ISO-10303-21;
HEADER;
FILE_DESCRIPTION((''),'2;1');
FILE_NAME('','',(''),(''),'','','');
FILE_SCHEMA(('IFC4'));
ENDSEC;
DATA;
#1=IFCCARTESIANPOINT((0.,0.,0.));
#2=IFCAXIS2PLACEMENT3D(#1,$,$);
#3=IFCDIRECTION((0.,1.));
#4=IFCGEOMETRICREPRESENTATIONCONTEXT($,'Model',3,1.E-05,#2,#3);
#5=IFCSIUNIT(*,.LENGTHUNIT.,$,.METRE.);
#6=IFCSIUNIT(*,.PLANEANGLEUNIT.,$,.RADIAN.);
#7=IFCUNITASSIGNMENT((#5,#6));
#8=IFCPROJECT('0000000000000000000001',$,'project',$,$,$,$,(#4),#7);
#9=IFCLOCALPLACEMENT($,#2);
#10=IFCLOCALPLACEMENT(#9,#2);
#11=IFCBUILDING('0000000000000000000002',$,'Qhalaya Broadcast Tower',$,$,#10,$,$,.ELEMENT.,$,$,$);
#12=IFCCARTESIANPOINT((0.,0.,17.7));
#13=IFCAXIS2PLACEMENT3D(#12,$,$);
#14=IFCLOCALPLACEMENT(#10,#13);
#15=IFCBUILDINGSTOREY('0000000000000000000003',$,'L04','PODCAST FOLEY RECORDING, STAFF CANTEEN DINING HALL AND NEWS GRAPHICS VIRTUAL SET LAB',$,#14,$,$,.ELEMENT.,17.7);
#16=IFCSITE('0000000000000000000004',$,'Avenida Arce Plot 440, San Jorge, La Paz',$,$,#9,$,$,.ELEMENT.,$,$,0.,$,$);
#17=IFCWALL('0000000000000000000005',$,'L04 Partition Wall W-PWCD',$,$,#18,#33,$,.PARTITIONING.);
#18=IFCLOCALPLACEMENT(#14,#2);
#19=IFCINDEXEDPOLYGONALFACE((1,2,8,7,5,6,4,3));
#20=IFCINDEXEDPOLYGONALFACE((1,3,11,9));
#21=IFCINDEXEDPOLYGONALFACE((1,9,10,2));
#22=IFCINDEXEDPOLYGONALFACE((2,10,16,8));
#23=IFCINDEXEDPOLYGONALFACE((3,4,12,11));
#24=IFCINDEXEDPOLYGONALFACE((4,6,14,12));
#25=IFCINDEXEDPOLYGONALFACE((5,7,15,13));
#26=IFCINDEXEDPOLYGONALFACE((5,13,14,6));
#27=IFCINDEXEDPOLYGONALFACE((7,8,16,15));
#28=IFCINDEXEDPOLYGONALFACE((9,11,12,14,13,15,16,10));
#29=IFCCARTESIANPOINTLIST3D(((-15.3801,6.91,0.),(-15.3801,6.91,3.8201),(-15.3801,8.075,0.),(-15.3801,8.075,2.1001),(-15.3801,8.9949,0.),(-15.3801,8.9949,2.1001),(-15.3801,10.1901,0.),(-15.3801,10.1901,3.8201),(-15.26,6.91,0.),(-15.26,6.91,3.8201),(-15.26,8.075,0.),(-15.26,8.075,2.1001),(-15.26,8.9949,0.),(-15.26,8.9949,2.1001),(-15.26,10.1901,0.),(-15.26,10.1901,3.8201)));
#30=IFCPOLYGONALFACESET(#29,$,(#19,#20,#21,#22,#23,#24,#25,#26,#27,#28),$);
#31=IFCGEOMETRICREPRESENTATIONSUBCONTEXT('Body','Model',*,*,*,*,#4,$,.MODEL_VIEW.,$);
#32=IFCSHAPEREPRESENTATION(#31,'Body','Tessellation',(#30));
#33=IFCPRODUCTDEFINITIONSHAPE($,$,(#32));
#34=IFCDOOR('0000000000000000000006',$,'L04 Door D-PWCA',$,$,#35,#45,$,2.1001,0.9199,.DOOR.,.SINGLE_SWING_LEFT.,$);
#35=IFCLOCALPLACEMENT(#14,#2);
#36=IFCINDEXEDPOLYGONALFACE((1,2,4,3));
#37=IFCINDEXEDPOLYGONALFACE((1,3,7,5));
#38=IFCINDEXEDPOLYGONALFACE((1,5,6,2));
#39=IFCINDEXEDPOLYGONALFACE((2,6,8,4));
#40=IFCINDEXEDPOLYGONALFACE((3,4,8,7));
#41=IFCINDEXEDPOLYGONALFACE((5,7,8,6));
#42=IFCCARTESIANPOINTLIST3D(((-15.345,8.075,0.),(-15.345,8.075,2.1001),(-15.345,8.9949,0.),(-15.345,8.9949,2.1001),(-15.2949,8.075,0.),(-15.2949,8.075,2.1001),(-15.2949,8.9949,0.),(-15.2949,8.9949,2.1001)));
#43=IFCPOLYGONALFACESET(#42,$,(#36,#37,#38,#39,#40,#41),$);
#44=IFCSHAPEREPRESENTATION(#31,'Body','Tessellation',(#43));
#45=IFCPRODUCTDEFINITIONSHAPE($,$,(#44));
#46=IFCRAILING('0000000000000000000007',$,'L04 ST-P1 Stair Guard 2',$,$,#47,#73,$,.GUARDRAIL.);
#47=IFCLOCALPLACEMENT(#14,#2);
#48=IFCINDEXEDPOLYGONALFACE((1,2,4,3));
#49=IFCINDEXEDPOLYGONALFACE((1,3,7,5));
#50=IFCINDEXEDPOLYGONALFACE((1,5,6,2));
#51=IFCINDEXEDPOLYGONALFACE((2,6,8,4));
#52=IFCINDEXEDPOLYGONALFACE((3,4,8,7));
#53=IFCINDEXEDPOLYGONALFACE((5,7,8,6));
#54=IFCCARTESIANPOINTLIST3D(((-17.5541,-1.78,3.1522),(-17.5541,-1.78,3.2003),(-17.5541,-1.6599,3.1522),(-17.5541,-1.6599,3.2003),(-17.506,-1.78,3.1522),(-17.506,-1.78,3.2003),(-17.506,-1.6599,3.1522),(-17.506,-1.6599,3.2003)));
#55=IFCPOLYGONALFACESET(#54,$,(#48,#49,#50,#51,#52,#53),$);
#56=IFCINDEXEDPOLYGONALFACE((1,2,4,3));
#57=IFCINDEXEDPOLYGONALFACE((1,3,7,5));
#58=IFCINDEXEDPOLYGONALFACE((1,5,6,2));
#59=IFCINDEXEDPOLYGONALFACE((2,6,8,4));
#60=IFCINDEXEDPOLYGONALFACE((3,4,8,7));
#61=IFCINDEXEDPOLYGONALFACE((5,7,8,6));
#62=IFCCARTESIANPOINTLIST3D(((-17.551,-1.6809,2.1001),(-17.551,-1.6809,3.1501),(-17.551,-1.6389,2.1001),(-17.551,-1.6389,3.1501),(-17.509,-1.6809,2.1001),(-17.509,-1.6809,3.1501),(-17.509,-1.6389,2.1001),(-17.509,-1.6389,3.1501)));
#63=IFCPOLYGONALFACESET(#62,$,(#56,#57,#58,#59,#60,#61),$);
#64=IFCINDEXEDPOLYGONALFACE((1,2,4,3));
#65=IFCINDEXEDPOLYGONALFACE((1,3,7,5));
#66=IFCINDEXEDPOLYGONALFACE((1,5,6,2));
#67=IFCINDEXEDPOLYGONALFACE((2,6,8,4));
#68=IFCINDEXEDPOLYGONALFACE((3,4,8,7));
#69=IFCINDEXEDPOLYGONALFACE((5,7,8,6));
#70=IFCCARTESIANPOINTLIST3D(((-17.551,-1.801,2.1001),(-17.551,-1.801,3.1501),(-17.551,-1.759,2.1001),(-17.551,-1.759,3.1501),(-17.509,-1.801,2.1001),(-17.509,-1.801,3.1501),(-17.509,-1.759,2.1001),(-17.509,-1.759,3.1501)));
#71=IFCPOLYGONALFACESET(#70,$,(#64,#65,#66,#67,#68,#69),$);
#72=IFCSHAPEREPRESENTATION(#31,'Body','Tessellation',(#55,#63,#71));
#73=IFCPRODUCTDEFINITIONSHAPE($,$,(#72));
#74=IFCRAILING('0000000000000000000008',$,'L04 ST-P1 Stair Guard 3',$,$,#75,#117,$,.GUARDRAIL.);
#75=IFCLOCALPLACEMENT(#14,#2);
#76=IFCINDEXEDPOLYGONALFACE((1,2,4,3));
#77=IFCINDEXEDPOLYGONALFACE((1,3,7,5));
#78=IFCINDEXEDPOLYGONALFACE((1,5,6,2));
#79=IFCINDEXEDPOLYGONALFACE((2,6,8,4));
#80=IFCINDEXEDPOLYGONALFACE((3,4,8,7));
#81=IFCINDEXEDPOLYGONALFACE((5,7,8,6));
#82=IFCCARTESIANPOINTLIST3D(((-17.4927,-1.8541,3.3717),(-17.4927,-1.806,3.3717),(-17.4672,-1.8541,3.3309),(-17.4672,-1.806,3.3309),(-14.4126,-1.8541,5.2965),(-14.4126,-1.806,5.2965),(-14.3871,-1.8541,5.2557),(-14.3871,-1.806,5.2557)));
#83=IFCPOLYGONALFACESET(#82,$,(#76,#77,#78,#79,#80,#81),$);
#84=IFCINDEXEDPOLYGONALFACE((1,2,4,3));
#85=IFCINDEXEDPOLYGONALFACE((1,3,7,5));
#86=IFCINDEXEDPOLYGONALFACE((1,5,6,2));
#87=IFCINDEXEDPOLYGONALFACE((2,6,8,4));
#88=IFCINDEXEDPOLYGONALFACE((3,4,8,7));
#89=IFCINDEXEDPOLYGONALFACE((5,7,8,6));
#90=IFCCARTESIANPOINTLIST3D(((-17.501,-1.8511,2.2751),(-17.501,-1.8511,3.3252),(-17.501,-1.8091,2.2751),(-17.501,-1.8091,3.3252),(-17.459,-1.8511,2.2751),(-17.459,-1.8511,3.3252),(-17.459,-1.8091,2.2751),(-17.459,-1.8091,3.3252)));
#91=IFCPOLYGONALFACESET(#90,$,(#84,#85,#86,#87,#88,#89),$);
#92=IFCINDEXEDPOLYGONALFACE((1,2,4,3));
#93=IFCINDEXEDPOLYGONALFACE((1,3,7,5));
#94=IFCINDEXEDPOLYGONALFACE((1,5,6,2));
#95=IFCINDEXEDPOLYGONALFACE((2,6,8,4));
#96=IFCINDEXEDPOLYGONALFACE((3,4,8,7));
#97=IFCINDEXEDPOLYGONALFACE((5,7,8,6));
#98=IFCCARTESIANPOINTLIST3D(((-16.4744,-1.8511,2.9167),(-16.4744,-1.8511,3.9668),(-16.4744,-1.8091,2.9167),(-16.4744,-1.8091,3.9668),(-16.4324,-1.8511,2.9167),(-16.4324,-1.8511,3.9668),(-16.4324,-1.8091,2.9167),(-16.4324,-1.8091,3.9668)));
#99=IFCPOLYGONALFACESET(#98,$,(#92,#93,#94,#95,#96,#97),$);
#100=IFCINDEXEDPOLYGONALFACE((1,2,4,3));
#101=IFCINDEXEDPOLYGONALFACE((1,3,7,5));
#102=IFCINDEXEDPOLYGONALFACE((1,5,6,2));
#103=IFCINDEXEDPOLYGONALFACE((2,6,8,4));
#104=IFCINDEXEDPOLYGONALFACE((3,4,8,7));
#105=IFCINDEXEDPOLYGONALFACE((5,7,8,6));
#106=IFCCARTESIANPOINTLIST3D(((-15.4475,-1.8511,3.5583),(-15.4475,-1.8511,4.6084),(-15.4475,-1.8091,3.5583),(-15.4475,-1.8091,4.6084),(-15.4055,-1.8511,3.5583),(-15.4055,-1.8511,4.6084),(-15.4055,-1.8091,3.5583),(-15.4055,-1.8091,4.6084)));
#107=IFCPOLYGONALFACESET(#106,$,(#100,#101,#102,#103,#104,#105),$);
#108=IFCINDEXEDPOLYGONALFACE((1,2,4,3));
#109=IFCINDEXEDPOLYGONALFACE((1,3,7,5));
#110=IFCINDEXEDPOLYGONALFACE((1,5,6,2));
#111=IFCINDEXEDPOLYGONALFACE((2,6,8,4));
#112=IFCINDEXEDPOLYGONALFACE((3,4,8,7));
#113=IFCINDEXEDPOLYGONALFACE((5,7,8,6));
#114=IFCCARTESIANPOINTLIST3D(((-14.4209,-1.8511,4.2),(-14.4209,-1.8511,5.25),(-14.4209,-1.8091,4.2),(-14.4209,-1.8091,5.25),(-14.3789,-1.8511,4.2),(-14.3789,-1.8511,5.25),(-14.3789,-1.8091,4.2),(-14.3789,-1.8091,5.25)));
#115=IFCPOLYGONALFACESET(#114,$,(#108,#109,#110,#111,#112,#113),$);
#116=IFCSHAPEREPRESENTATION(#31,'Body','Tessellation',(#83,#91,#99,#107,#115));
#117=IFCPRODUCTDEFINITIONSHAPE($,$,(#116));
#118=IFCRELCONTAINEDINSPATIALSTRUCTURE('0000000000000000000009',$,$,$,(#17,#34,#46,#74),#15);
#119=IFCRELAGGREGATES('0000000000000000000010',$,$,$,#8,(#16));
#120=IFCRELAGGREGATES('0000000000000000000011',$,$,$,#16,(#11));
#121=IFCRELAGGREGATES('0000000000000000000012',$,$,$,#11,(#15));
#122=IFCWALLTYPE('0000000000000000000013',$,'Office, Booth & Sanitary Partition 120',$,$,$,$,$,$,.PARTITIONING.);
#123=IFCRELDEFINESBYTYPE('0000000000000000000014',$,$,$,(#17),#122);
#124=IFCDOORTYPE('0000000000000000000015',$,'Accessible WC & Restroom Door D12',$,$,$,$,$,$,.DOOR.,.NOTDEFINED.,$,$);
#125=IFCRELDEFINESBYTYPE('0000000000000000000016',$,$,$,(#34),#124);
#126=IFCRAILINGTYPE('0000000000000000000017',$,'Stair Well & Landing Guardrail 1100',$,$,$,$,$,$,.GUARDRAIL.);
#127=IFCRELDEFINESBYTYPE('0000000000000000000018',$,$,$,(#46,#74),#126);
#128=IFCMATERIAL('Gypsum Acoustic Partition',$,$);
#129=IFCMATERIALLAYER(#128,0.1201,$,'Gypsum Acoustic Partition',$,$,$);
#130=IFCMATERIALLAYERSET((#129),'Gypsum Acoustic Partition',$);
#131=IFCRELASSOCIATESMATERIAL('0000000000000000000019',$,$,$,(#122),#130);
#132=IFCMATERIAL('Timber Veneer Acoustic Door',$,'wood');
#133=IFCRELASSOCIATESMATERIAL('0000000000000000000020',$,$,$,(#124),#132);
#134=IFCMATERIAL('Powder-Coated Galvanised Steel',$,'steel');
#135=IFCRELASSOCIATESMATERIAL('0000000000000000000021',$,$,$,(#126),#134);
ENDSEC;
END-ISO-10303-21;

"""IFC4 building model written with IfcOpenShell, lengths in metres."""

from ifc_helpers import new_model, si_unit, direction, frame, frame_2d, origin, origin_2d, place, context, subcontext, project, spatial, rectangle, extrude, material, layer, layer_set, type_object, element, fill, save


model = new_model("IFC4")

# Units and contexts
model_context = context("Model", 3, precision=1e-05, world=origin(), true_north=direction((0.0, 1.0)))
body_context = subcontext(model_context, "Body", "Model", "MODEL_VIEW")
ifc_project = project(units=[si_unit("LENGTHUNIT", "METRE"), si_unit("PLANEANGLEUNIT", "RADIAN")], contexts=[model_context])

# Site, building, storey
site_placement = place(None, origin())
site = spatial("IfcSite", under=ifc_project, at=site_placement, Name="Avenida Arce Plot 440, San Jorge, La Paz", CompositionType="ELEMENT", RefElevation=0.0)
building_placement = place(site_placement, origin())
building = spatial("IfcBuilding", under=site, at=building_placement, Name="Qhalaya Broadcast Tower", CompositionType="ELEMENT")
storey_placement = place(building_placement, frame((0.0, 0.0, 17.7)))
storey = spatial("IfcBuildingStorey", under=building, at=storey_placement, Name="L04", Description="PODCAST FOLEY RECORDING, STAFF CANTEEN DINING HALL AND NEWS GRAPHICS VIRTUAL SET LAB", CompositionType="ELEMENT", Elevation=17.7)

# Shared definitions
ifc_material_1 = material(Name="Gypsum Acoustic Partition")

# Shared definitions
ifc_material_2 = material(Name="Timber Veneer Acoustic Door", Category="wood")

# Shared definitions
ifc_layer_1 = layer(ifc_material_1, 0.1201, Name="Gypsum Acoustic Partition")
ifc_layer_set_1 = layer_set([ifc_layer_1], Name="Gypsum Acoustic Partition")
wall_type_1 = type_object("IfcWallType", Name="Office, Booth & Sanitary Partition 120", PredefinedType="PARTITIONING", material=ifc_layer_set_1)

# Wall, opening, door
wall_1_placement = place(storey_placement, frame((-15.3201, 6.9099, 0.0), z_axis=(0.0, 0.0, 1.0), x_axis=(0.0, 1.0, 0.0)))
wall_1 = element("IfcWall", 1, at=wall_1_placement, inside=storey, type_object=wall_type_1, Name="L04 Partition Wall W-PWCD", PredefinedType="PARTITIONING", context=body_context, shape_type="SweptSolid", body=[
    extrude(rectangle(XDim=3.28, YDim=0.1201, at=frame_2d((1.6401, 0.0))), origin(), (0.0, 0.0, 1.0), 3.8201),
])
opening_1_placement = place(wall_1_placement, frame((1.165, 0.0, 0.0)))
opening_1 = element("IfcOpeningElement", 2, at=opening_1_placement, cuts=wall_1, PredefinedType="OPENING", context=body_context, shape_type="SweptSolid", body=[
    extrude(rectangle(XDim=0.9199, YDim=2.1001, at=frame_2d((0.46, 1.05))), frame((0.0, 0.072, 0.0), z_axis=(0.0, -1.0, 0.0), x_axis=(1.0, 0.0, 0.0)), (0.0, 0.0, 1.0), 0.144),
])
door_type_1 = type_object("IfcDoorType", Name="Accessible WC & Restroom Door D12", OperationType="NOTDEFINED", PredefinedType="DOOR", material=ifc_material_2)
door_1_placement = place(opening_1_placement, origin())
door_1 = element("IfcDoor", 3, at=door_1_placement, inside=storey, type_object=door_type_1, Name="L04 Door D-PWCA", OperationType="SINGLE_SWING_LEFT", OverallHeight=2.1001, OverallWidth=0.9199, PredefinedType="DOOR", context=body_context, shape_type="SweptSolid", body=[
    extrude(rectangle(XDim=0.9199, YDim=2.1001, at=frame_2d((0.46, 1.05))), frame((0.0, 0.0249, 0.0), z_axis=(0.0, -1.0, 0.0), x_axis=(1.0, 0.0, 0.0)), (0.0, 0.0, 1.0), 0.05),
])
fill(opening_1, door_1)

# Railings
ifc_material_3 = material(Name="Powder-Coated Galvanised Steel", Category="steel")
railing_type = type_object("IfcRailingType", Name="Stair Well & Landing Guardrail 1100", PredefinedType="GUARDRAIL", material=ifc_material_3)
railing_1_placement = place(storey_placement, frame((-17.53, -1.6599, 2.1001)))
element("IfcRailing", 4, at=railing_1_placement, inside=storey, type_object=railing_type, Name="L04 ST-P1 Stair Guard 2", PredefinedType="GUARDRAIL", context=body_context, shape_type="SweptSolid", body=[
    extrude(rectangle(XDim=0.0481, YDim=0.0481, at=origin_2d()), frame((0.0, 0.0, 1.0762), z_axis=(0.0, -1.0, 0.0), x_axis=(1.0, 0.0, 0.0)), (0.0, 0.0, 1.0), 0.1201),
    extrude(rectangle(XDim=0.042, YDim=0.042, at=origin_2d()), origin(), (0.0, 0.0, 1.0), 1.05),
    extrude(rectangle(XDim=0.042, YDim=0.042, at=origin_2d()), frame((0.0, -0.1201, 0.0)), (0.0, 0.0, 1.0), 1.05),
])
railing_2_placement = place(storey_placement, frame((-17.48, -1.8301, 2.2751)))
element("IfcRailing", 5, at=railing_2_placement, inside=storey, type_object=railing_type, Name="L04 ST-P1 Stair Guard 3", PredefinedType="GUARDRAIL", context=body_context, shape_type="SweptSolid", body=[
    extrude(rectangle(XDim=0.0481, YDim=0.0481, at=origin_2d()), frame((0.0, 0.0, 1.0762), z_axis=(0.848029, 0.0, 0.529951), x_axis=(0.0, 1.0, 0.0)), (0.0, 0.0, 1.0), 3.6321),
    extrude(rectangle(XDim=0.042, YDim=0.042, at=origin_2d()), origin(), (0.0, 0.0, 1.0), 1.05),
    extrude(rectangle(XDim=0.042, YDim=0.042, at=origin_2d()), frame((1.0266, 0.0, 0.6416)), (0.0, 0.0, 1.0), 1.05),
    extrude(rectangle(XDim=0.042, YDim=0.042, at=origin_2d()), frame((2.0535, 0.0, 1.2832)), (0.0, 0.0, 1.0), 1.05),
    extrude(rectangle(XDim=0.042, YDim=0.042, at=origin_2d()), frame((3.0801, 0.0, 1.9248)), (0.0, 0.0, 1.0), 1.05),
])

save(model, "model.ifc")
